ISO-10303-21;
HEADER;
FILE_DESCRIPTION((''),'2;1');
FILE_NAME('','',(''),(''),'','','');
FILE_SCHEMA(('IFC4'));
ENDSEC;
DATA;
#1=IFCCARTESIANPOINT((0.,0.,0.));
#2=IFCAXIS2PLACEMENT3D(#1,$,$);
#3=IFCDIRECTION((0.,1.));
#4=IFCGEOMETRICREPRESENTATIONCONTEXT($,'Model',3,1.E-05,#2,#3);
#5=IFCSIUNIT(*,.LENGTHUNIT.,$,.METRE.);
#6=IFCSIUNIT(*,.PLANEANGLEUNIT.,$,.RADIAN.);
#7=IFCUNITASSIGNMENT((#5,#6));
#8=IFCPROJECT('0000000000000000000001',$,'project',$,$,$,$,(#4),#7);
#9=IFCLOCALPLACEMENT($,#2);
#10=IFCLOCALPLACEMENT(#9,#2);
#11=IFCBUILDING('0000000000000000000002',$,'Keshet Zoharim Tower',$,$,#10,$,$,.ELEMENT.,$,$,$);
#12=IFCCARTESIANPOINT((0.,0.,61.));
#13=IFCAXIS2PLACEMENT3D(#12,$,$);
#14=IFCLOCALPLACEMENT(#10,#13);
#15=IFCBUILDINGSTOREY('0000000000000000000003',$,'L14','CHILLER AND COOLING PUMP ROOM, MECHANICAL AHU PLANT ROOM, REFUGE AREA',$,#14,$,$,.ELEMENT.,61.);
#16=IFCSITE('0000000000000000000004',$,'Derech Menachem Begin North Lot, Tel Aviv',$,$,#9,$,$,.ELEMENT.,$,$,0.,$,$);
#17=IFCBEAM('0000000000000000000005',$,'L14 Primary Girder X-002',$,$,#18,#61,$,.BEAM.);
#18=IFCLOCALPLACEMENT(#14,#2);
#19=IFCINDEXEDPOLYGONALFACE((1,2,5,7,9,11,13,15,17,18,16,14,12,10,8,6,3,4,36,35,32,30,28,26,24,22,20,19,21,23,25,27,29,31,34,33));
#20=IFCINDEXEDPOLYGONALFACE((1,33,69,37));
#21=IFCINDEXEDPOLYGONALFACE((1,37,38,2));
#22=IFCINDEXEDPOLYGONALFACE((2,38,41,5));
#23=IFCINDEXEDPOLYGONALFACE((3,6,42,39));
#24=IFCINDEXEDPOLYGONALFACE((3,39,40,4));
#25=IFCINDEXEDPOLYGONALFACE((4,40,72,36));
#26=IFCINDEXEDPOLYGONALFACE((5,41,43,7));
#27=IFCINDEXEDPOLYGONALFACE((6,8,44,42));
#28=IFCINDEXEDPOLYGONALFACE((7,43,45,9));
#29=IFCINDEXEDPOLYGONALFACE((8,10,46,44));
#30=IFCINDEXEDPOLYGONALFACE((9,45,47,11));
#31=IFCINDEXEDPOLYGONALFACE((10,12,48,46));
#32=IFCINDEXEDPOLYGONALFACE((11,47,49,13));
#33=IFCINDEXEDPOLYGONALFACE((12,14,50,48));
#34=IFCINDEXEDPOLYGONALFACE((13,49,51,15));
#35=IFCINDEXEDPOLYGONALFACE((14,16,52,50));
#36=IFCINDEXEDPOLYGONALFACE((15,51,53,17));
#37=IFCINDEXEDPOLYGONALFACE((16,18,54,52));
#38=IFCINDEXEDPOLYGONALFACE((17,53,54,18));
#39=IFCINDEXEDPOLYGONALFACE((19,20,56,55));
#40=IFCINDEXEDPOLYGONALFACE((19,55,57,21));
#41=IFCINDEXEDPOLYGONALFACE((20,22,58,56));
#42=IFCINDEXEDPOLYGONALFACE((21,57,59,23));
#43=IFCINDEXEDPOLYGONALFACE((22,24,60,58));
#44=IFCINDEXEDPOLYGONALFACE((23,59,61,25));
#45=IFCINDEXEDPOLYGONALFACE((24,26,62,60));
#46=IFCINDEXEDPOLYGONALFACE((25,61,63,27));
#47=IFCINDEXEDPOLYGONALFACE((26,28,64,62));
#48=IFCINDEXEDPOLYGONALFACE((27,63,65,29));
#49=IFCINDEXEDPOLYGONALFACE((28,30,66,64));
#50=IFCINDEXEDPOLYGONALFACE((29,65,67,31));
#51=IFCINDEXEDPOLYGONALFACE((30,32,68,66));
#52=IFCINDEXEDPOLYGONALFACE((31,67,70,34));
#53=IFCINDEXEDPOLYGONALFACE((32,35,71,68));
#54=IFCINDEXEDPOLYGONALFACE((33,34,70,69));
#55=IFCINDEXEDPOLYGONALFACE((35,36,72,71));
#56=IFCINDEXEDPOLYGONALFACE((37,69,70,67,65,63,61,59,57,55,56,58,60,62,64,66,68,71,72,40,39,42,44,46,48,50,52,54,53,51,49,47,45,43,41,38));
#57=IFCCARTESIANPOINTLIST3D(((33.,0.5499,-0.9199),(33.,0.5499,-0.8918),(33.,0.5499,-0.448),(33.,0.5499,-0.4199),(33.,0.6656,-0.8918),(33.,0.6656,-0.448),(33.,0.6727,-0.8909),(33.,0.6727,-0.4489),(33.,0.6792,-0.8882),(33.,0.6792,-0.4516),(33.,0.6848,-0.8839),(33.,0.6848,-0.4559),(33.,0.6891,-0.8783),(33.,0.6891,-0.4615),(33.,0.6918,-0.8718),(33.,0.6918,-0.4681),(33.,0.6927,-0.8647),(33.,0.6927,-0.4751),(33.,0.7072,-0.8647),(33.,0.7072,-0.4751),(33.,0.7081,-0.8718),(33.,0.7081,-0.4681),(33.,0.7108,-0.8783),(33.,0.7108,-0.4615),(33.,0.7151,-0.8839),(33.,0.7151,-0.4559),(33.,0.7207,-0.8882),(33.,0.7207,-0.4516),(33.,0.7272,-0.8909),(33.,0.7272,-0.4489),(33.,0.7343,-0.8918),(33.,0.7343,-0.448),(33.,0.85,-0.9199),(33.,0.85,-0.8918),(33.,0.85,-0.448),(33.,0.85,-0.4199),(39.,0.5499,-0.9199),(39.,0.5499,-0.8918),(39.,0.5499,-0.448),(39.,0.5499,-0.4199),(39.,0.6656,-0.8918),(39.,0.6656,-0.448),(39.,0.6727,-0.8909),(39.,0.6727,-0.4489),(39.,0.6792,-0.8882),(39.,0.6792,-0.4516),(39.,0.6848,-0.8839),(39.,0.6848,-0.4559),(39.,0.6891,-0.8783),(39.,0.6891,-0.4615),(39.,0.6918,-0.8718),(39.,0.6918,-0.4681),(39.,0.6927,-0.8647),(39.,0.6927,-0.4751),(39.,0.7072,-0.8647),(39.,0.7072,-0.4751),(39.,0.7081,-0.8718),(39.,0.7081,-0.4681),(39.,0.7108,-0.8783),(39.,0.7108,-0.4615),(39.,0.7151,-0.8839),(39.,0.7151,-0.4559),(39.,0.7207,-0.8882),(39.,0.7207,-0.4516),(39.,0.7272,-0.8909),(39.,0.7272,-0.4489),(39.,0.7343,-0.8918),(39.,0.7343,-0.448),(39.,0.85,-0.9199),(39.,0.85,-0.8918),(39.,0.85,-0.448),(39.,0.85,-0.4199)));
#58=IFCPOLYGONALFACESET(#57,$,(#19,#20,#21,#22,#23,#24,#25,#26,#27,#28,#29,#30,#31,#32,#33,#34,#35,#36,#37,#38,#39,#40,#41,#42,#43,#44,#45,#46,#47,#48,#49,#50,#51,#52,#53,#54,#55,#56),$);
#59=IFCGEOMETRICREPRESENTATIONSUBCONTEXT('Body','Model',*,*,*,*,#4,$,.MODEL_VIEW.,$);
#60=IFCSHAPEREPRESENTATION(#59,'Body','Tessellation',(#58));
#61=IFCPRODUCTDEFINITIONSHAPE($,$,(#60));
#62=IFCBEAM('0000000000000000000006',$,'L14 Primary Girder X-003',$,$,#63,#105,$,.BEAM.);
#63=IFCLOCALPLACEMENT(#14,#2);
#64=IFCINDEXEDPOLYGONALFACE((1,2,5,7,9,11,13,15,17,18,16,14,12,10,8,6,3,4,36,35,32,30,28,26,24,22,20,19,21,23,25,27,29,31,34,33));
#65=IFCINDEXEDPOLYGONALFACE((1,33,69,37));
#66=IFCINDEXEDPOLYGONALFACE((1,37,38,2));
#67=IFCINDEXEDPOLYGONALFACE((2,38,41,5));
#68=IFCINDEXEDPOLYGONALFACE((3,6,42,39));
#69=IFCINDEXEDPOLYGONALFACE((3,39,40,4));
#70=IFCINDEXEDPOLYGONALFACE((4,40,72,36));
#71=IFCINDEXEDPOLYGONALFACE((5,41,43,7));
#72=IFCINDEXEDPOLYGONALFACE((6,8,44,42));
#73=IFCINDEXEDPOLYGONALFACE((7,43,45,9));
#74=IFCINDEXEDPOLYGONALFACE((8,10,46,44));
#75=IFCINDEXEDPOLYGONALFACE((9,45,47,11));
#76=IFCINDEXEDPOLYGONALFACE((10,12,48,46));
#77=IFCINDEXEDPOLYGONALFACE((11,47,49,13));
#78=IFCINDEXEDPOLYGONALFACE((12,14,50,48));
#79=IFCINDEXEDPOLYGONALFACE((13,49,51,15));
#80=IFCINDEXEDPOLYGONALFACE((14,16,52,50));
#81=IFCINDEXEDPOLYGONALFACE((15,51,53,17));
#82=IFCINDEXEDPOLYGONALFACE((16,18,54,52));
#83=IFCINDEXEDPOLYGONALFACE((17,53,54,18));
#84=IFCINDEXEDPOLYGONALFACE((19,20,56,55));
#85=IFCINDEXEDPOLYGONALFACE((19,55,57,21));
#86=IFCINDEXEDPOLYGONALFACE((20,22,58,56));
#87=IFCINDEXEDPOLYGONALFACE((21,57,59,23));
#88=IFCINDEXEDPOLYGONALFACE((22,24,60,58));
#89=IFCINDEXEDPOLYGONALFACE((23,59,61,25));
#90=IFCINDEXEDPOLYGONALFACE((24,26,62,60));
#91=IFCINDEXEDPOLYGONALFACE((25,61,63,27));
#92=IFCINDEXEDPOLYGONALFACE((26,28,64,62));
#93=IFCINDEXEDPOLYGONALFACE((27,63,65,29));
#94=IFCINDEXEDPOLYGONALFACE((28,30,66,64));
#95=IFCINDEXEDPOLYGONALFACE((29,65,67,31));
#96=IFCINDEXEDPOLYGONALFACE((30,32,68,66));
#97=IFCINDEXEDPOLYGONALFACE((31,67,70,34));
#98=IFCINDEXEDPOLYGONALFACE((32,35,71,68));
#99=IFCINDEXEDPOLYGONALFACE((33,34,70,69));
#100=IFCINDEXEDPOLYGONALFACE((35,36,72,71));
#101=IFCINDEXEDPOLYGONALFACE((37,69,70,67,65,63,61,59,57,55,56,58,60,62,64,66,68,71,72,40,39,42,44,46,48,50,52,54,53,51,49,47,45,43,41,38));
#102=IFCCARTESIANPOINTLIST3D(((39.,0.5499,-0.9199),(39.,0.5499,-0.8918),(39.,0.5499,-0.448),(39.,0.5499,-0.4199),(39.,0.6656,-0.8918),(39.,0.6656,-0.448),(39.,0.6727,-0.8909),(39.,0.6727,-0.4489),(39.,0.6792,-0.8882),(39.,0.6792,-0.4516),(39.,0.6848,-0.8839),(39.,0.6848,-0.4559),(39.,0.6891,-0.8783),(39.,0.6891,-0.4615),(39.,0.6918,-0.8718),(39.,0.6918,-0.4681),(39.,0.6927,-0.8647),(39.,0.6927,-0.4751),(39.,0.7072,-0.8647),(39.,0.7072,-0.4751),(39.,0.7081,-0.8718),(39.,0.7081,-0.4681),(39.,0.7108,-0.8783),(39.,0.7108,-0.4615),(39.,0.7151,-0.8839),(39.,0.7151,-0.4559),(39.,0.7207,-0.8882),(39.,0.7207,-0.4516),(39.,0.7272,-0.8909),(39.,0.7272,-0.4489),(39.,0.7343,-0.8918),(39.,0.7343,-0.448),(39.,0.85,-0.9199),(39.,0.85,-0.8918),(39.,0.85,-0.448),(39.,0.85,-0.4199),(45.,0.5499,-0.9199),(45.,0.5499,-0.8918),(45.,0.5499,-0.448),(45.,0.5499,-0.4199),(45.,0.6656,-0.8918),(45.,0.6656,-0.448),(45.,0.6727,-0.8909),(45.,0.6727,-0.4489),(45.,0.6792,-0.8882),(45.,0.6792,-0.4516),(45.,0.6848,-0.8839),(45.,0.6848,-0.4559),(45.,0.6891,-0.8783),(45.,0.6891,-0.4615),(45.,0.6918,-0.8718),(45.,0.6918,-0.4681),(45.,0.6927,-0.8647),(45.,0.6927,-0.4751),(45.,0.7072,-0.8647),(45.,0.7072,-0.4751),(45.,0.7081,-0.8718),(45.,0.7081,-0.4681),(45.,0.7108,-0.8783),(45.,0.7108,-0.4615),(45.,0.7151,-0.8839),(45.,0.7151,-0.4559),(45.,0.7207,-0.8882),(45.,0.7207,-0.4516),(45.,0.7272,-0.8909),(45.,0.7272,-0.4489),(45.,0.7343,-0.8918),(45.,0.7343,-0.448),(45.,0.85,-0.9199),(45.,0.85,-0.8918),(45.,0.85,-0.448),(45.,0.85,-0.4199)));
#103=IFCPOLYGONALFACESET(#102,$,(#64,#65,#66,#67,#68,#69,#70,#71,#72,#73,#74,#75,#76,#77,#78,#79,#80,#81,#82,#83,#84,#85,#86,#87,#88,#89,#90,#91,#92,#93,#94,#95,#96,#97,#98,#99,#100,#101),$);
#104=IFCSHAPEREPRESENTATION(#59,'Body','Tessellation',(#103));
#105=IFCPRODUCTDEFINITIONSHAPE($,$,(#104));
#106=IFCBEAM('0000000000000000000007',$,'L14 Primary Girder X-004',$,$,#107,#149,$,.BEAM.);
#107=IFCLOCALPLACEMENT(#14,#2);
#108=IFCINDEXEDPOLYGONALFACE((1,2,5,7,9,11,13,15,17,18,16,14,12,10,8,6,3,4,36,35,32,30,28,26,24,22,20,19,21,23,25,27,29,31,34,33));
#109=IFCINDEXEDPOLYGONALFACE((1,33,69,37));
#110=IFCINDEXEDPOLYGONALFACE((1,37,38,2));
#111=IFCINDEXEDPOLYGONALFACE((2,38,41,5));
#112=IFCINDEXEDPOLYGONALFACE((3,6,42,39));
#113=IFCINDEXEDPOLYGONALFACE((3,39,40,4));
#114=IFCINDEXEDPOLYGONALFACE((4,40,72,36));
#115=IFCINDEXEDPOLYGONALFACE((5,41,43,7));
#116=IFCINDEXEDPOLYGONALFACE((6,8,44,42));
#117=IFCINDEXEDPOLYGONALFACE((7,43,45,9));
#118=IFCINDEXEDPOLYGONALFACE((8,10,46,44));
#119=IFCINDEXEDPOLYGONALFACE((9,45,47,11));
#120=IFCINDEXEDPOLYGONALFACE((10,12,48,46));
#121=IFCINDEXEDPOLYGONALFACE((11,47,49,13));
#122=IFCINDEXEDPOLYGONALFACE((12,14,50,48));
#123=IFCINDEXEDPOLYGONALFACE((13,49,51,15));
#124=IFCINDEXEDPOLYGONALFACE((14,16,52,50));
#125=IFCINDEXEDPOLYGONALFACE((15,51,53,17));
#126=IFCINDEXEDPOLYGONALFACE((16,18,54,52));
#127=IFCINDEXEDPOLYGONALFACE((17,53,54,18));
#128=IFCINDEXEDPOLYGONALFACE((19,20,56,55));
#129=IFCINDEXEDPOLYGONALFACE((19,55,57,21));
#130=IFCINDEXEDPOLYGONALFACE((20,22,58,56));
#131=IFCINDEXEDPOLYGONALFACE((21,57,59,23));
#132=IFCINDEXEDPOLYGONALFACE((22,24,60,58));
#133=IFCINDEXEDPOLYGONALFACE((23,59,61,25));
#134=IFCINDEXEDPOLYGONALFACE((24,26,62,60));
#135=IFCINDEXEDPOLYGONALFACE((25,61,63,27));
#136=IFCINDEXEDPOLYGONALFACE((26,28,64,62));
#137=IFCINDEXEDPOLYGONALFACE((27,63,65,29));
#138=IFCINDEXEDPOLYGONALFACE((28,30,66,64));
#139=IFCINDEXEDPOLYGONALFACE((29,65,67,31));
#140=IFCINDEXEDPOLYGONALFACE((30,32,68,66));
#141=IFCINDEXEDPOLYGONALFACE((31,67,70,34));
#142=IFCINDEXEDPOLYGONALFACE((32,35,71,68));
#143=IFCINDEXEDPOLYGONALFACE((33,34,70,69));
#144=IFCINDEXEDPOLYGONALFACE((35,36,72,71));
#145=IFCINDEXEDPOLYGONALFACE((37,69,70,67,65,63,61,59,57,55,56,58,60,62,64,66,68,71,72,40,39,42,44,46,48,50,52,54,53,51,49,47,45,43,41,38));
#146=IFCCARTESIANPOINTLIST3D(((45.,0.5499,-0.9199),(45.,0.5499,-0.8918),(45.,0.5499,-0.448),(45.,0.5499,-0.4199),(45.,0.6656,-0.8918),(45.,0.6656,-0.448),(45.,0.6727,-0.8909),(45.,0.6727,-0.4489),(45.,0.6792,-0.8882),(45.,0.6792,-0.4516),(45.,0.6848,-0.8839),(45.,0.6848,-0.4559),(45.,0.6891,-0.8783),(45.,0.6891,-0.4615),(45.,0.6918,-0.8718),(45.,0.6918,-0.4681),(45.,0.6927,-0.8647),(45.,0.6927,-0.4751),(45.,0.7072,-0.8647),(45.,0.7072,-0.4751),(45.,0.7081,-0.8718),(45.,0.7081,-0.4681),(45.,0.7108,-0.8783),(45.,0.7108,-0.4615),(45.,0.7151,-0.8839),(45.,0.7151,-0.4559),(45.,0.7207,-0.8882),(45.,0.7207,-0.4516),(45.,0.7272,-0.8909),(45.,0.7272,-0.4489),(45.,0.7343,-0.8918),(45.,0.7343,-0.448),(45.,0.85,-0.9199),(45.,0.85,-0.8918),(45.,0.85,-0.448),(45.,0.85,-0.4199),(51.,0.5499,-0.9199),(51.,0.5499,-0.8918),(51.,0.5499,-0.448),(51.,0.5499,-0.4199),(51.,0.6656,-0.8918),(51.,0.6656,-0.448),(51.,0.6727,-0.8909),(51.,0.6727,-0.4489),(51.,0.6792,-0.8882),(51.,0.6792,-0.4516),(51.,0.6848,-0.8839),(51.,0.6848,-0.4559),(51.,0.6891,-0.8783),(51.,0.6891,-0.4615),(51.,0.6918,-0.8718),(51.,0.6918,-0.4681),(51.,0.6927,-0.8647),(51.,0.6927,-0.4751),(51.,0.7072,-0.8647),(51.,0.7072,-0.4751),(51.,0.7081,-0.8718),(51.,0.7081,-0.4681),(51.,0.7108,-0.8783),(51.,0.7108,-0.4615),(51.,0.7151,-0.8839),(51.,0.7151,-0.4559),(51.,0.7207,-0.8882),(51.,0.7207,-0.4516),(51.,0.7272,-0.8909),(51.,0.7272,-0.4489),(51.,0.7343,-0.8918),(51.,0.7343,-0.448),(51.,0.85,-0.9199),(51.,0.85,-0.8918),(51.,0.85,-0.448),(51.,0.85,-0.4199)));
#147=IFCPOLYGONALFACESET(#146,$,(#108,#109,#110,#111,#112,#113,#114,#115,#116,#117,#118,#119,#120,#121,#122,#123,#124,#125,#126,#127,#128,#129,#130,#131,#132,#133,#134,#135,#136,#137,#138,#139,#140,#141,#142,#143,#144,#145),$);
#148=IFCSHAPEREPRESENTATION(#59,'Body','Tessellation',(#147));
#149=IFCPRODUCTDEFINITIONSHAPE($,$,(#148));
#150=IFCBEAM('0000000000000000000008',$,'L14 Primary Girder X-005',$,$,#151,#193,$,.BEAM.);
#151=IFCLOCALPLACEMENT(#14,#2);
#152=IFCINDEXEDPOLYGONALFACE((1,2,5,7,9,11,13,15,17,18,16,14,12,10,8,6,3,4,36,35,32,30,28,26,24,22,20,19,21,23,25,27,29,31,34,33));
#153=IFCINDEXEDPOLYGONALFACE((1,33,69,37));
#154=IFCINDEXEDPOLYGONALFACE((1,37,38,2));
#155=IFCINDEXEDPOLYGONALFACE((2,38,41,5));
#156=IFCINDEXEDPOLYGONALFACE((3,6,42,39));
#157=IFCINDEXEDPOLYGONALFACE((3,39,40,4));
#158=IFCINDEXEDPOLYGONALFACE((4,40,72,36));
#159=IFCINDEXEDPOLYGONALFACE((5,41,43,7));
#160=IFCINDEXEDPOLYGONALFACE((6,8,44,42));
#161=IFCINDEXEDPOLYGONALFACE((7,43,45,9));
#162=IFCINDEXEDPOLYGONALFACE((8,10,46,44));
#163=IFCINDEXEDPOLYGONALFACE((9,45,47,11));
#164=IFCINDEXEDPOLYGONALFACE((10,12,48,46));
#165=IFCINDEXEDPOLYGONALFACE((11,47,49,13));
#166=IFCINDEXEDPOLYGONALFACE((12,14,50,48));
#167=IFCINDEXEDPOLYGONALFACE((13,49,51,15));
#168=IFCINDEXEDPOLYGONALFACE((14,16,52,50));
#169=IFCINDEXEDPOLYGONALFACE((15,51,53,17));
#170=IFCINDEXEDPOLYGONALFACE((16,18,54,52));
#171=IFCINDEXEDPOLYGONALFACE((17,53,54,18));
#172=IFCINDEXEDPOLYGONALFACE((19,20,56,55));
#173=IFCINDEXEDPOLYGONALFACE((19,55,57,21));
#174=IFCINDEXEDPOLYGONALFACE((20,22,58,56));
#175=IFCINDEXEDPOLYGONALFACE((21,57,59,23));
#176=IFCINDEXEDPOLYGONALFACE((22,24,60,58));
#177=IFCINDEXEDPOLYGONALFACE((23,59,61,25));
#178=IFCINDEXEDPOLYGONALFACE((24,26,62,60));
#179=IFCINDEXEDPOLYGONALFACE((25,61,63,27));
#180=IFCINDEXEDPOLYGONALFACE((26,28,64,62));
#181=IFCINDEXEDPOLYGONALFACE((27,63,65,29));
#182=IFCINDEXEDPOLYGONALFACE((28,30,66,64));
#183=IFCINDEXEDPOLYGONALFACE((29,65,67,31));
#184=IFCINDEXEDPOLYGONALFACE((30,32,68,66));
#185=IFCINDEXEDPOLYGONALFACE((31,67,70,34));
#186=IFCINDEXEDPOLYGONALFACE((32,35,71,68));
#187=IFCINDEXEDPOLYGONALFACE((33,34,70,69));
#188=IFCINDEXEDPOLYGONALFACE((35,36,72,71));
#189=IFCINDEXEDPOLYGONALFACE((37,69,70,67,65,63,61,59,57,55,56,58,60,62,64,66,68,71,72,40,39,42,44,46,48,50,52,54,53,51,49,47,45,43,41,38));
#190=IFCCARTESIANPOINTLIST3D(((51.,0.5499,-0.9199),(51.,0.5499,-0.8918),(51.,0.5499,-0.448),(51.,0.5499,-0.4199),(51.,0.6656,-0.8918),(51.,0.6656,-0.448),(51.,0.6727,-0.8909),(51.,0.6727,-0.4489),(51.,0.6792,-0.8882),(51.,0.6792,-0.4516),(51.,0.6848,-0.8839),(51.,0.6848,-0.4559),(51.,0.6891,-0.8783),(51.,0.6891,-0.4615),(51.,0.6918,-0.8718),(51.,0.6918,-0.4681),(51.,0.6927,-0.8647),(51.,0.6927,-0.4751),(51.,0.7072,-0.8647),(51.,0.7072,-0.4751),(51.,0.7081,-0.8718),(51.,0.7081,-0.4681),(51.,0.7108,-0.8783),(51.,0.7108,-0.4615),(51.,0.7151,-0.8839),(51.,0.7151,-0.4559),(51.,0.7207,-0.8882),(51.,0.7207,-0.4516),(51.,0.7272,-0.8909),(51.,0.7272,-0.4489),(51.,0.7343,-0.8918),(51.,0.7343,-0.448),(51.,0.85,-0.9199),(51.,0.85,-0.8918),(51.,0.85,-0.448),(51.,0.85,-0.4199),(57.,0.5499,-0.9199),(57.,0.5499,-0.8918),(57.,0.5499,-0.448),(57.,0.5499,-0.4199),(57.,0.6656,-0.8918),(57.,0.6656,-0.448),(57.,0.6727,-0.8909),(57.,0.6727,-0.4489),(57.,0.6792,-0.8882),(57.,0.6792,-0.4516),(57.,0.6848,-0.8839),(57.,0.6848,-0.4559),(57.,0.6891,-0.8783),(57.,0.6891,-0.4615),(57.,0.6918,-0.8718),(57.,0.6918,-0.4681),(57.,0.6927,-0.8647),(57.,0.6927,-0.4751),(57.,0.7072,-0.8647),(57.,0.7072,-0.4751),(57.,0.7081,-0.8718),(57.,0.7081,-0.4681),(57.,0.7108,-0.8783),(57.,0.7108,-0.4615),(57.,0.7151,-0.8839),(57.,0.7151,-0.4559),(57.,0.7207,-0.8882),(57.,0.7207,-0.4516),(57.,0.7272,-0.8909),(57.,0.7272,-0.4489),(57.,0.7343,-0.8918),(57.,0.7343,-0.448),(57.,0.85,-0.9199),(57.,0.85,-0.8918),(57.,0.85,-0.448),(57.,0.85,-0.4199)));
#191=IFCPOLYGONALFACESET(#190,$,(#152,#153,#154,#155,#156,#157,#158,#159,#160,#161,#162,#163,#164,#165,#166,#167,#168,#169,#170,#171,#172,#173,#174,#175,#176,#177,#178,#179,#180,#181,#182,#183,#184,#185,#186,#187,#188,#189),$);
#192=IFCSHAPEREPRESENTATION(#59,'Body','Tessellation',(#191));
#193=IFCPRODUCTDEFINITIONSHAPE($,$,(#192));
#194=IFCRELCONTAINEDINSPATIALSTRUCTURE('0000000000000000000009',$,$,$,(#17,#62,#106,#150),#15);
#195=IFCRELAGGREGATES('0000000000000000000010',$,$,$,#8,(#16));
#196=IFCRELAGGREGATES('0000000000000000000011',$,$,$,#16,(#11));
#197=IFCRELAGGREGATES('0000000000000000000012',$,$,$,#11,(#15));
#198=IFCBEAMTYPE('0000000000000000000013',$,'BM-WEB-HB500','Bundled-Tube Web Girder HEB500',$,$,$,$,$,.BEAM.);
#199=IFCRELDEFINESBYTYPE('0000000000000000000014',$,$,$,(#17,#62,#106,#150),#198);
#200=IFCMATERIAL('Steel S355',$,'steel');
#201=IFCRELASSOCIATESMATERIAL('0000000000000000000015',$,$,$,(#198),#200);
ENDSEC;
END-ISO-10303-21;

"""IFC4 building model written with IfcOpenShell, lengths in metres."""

from ifc_helpers import new_model, si_unit, direction, frame, origin, origin_2d, place, context, subcontext, project, spatial, i_section, extrude, material, material_profile, profile_set, type_object, element, save


model = new_model("IFC4")

# Units and contexts
model_context = context("Model", 3, precision=1e-05, world=origin(), true_north=direction((0.0, 1.0)))
body_context = subcontext(model_context, "Body", "Model", "MODEL_VIEW")
ifc_project = project(units=[si_unit("LENGTHUNIT", "METRE"), si_unit("PLANEANGLEUNIT", "RADIAN")], contexts=[model_context])

# Site, building, storey
site_placement = place(None, origin())
site = spatial("IfcSite", under=ifc_project, at=site_placement, Name="Derech Menachem Begin North Lot, Tel Aviv", CompositionType="ELEMENT", RefElevation=0.0)
building_placement = place(site_placement, origin())
building = spatial("IfcBuilding", under=site, at=building_placement, Name="Keshet Zoharim Tower", CompositionType="ELEMENT")
storey_placement = place(building_placement, frame((0.0, 0.0, 61.0)))
storey = spatial("IfcBuildingStorey", under=building, at=storey_placement, Name="L14", Description="CHILLER AND COOLING PUMP ROOM, MECHANICAL AHU PLANT ROOM, REFUGE AREA", CompositionType="ELEMENT", Elevation=61.0)

# Shared definitions
ifc_material_1 = material(Name="Steel S355", Category="steel")

# Beams
ifc_material_profile_1 = material_profile(ifc_material_1, i_section(OverallWidth=0.3, OverallDepth=0.5, WebThickness=0.0144, FlangeThickness=0.0281, FilletRadius=0.0271, at=origin_2d()), Name="HEB500")
ifc_profile_set_1 = profile_set([ifc_material_profile_1], Name="Steel S355")
beam_type_1 = type_object("IfcBeamType", Name="BM-WEB-HB500", Description="Bundled-Tube Web Girder HEB500", PredefinedType="BEAM", material=ifc_profile_set_1)
for number, where, z_axis, x_axis, name in (
    (1, (33.0, 0.7, -0.6699), (1.0, 0.0, 0.0), (0.0, 1.0, 0.0), "L14 Primary Girder X-002"),
    (2, (39.0, 0.7, -0.6699), (1.0, 0.0, 0.0), (0.0, 1.0, 0.0), "L14 Primary Girder X-003"),
    (3, (45.0, 0.7, -0.6699), (1.0, 0.0, 0.0), (0.0, 1.0, 0.0), "L14 Primary Girder X-004"),
    (4, (51.0, 0.7, -0.6699), (1.0, 0.0, 0.0), (0.0, 1.0, 0.0), "L14 Primary Girder X-005"),
):
    element("IfcBeam", number, at=place(storey_placement, frame(where, z_axis=z_axis, x_axis=x_axis)), inside=storey, type_object=beam_type_1, Name=name, PredefinedType="BEAM", context=body_context, shape_type="SweptSolid", body=[
        extrude(i_section(OverallWidth=0.3, OverallDepth=0.5, WebThickness=0.0144, FlangeThickness=0.0281, FilletRadius=0.0271, at=origin_2d()), origin(), (0.0, 0.0, 1.0), 6.0),
    ])

save(model, "model.ifc")
